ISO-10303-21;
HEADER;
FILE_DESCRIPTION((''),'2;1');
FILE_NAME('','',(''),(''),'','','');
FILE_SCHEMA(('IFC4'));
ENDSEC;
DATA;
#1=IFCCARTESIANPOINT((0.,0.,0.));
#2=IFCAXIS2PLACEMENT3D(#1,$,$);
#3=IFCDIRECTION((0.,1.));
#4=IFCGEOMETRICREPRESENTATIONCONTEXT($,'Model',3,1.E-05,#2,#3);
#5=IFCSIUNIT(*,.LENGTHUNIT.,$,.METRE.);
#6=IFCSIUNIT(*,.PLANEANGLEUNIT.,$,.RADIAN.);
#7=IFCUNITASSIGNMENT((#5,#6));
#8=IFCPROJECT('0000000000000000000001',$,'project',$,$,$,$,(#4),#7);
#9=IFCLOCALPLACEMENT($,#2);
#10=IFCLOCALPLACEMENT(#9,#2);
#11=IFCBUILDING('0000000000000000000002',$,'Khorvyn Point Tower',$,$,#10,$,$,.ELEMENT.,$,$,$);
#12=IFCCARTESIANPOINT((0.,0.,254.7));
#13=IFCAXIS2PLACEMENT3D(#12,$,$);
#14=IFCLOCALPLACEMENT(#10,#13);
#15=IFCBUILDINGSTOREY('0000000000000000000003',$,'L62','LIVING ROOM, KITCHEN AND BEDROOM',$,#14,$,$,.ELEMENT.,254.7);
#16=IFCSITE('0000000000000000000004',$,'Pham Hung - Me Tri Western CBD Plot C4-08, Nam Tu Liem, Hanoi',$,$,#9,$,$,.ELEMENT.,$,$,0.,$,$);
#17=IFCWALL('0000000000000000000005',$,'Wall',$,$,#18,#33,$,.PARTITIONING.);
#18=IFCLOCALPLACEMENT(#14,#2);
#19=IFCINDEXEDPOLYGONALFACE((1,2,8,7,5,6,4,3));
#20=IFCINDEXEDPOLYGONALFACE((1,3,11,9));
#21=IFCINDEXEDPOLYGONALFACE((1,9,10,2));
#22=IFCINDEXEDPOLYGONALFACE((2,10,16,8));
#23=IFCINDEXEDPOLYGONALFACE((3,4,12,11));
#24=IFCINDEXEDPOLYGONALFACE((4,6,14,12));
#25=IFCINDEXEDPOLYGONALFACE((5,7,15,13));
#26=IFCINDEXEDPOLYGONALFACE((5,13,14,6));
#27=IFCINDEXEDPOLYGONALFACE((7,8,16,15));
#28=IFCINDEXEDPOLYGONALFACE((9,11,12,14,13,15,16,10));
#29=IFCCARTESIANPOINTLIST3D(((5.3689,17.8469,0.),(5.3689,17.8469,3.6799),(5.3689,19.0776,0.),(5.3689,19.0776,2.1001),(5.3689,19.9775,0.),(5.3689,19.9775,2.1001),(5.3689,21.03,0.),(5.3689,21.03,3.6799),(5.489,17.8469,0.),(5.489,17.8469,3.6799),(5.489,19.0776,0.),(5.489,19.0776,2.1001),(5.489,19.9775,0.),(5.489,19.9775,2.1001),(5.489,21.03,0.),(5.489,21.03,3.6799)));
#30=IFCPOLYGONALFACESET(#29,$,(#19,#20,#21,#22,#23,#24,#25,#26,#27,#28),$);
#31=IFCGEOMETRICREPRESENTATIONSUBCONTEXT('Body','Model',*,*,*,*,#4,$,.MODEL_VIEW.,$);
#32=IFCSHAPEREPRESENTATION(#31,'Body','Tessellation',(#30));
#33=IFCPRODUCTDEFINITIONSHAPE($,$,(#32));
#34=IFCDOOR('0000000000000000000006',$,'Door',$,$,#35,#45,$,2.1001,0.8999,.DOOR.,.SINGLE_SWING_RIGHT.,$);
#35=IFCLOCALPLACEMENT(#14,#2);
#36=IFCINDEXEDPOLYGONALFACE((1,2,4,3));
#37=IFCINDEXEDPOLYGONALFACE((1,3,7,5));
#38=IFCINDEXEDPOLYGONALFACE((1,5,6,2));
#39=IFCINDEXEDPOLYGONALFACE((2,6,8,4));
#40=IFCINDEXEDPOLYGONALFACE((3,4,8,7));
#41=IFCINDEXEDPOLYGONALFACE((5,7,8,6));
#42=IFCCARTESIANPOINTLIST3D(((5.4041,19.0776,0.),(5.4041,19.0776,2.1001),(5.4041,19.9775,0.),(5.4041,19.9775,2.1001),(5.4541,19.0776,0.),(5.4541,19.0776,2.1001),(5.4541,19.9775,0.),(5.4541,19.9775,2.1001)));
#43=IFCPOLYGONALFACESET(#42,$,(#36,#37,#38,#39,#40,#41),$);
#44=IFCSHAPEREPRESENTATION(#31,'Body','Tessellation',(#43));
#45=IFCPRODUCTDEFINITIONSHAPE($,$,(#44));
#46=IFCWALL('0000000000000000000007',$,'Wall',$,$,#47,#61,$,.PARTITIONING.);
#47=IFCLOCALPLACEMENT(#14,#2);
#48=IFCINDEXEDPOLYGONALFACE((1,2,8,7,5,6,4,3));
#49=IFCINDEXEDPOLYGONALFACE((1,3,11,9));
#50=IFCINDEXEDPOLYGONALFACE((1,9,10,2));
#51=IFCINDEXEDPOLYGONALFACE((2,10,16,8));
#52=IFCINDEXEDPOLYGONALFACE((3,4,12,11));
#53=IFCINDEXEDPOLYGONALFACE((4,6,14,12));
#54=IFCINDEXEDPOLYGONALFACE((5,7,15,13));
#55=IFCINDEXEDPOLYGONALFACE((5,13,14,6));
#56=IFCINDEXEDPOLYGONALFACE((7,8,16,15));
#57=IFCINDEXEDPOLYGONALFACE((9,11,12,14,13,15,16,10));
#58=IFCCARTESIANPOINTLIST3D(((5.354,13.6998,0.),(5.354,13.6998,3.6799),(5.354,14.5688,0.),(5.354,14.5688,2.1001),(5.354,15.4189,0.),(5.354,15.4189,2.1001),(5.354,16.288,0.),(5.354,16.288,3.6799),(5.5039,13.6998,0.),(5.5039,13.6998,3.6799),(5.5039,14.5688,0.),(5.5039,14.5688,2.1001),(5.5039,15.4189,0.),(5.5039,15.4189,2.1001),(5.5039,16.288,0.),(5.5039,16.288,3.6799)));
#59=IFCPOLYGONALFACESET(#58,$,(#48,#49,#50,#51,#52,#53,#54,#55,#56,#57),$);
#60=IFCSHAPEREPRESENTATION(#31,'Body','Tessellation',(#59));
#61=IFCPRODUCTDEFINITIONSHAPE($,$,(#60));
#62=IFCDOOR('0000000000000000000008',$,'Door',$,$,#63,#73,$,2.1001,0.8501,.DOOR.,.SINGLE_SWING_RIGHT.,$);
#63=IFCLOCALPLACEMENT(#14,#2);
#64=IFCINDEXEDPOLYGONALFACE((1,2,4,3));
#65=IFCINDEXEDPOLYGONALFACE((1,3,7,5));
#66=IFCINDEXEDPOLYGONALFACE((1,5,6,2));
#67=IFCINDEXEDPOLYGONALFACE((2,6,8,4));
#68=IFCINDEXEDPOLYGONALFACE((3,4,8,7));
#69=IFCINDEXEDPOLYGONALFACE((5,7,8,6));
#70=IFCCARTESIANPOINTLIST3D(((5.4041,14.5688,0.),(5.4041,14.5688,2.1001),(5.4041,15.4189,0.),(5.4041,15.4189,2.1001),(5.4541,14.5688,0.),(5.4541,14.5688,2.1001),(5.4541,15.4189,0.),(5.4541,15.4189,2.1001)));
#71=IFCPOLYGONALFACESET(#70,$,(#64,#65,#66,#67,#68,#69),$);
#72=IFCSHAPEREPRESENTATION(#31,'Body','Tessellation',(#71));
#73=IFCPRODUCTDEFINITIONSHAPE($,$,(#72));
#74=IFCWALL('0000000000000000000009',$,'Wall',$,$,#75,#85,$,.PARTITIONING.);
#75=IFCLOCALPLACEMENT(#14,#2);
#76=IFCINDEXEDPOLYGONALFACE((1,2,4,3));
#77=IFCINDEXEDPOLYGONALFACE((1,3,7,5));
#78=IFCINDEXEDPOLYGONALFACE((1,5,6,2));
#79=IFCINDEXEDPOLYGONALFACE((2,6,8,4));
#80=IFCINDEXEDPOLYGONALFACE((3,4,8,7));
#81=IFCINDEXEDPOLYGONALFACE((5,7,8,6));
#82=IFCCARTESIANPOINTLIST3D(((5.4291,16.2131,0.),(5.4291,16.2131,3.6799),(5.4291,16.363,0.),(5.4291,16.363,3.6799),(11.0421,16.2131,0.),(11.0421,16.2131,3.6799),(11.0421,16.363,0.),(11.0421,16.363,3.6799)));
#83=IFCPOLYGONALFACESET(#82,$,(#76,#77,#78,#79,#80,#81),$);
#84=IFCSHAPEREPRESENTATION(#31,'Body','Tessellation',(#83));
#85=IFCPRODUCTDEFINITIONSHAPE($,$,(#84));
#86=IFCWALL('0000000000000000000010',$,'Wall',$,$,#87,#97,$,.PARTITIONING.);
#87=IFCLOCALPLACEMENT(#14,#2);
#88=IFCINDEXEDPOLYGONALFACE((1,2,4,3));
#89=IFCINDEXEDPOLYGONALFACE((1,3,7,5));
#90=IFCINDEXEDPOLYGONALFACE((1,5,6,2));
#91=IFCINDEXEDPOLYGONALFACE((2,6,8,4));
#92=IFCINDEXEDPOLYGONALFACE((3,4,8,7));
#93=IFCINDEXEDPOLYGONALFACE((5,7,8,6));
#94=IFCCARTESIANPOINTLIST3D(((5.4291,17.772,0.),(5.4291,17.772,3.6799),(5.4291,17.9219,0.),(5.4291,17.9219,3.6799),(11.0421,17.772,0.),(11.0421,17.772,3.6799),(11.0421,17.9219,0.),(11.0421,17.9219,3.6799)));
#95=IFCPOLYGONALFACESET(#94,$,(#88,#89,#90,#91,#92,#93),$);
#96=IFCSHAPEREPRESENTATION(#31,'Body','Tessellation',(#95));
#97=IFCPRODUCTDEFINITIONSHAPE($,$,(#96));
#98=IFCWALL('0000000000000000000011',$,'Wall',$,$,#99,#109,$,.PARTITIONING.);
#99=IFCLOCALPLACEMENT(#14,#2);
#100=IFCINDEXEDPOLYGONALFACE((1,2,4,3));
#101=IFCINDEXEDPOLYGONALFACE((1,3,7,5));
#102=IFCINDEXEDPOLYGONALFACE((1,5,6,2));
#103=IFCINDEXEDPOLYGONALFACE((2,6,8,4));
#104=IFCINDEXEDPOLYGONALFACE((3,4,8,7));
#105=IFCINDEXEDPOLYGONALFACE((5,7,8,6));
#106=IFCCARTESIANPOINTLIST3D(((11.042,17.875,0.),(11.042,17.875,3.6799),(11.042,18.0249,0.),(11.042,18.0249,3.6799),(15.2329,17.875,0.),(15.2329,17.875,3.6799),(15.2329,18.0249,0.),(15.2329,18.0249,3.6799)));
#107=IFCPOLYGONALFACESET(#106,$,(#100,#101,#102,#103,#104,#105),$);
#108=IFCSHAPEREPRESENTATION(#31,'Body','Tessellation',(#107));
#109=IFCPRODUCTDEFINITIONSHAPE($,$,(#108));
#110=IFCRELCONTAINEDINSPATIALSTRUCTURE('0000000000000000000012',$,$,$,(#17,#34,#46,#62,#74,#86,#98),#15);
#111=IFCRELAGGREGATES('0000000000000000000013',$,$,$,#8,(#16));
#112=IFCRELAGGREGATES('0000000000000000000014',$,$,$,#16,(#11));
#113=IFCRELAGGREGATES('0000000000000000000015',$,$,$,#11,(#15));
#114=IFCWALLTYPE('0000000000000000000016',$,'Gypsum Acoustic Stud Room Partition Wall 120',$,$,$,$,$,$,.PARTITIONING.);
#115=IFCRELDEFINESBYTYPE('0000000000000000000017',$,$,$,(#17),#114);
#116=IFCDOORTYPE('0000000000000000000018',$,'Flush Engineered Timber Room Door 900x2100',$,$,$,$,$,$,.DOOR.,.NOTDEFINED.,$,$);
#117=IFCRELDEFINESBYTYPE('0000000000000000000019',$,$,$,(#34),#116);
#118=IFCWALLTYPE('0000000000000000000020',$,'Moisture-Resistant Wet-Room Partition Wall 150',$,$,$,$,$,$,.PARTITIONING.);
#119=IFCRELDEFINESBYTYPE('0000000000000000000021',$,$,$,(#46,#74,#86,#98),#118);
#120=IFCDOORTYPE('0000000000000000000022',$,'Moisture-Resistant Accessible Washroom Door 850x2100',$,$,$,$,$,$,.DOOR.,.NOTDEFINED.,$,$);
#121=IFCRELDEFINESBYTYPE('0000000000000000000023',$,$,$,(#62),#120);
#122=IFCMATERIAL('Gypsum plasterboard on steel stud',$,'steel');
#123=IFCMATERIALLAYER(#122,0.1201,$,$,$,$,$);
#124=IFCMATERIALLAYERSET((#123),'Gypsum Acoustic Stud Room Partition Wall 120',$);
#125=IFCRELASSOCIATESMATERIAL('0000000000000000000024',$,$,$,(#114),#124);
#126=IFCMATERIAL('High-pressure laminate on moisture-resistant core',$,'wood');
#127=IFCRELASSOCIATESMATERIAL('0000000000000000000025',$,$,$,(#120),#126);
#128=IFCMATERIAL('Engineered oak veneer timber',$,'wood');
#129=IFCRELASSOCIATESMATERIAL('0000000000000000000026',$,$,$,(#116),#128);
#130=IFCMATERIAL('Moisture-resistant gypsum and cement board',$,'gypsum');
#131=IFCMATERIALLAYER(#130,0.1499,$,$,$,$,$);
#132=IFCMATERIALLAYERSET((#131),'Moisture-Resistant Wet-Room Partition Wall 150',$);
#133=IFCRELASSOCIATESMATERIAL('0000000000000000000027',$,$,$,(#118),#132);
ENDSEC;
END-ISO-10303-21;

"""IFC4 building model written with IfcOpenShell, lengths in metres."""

from ifc_helpers import new_model, si_unit, direction, frame, frame_2d, origin, place, context, subcontext, project, spatial, rectangle, extrude, material, layer, layer_set, type_object, element, fill, save


model = new_model("IFC4")

# Units and contexts
model_context = context("Model", 3, precision=1e-05, world=origin(), true_north=direction((0.0, 1.0)))
body_context = subcontext(model_context, "Body", "Model", "MODEL_VIEW")
ifc_project = project(units=[si_unit("LENGTHUNIT", "METRE"), si_unit("PLANEANGLEUNIT", "RADIAN")], contexts=[model_context])

# Site, building, storey
site_placement = place(None, origin())
site = spatial("IfcSite", under=ifc_project, at=site_placement, Name="Pham Hung - Me Tri Western CBD Plot C4-08, Nam Tu Liem, Hanoi", CompositionType="ELEMENT", RefElevation=0.0)
building_placement = place(site_placement, origin())
building = spatial("IfcBuilding", under=site, at=building_placement, Name="Khorvyn Point Tower", CompositionType="ELEMENT")
storey_placement = place(building_placement, frame((0.0, 0.0, 254.7)))
storey = spatial("IfcBuildingStorey", under=building, at=storey_placement, Name="L62", Description="LIVING ROOM, KITCHEN AND BEDROOM", CompositionType="ELEMENT", Elevation=254.7)

# Walls, openings, doors
ifc_material_1 = material(Name="Gypsum plasterboard on steel stud", Category="steel")
ifc_layer_1 = layer(ifc_material_1, 0.1201)
ifc_layer_set_1 = layer_set([ifc_layer_1], Name="Gypsum Acoustic Stud Room Partition Wall 120")
wall_type_1 = type_object("IfcWallType", Name="Gypsum Acoustic Stud Room Partition Wall 120", PredefinedType="PARTITIONING", material=ifc_layer_set_1)
ifc_material_2 = material(Name="High-pressure laminate on moisture-resistant core", Category="wood")
door_type_1 = type_object("IfcDoorType", Name="Moisture-Resistant Accessible Washroom Door 850x2100", OperationType="NOTDEFINED", PredefinedType="DOOR", material=ifc_material_2)
wall_1_placement = place(storey_placement, frame((5.429, 17.8469, 0.0), z_axis=(0.0, 0.0, 1.0), x_axis=(0.0, 1.0, 0.0)))
wall_1 = element("IfcWall", 1, at=wall_1_placement, inside=storey, type_object=wall_type_1, Name="Wall", PredefinedType="PARTITIONING", context=body_context, shape_type="SweptSolid", body=[
    extrude(rectangle(XDim=3.1831, YDim=0.1201, at=frame_2d((1.5916, 0.0))), origin(), (0.0, 0.0, 1.0), 3.6799),
])
opening_1_placement = place(wall_1_placement, frame((1.2307, 0.0, 0.0)))
opening_1 = element("IfcOpeningElement", 2, at=opening_1_placement, cuts=wall_1, PredefinedType="OPENING", context=body_context, shape_type="SweptSolid", body=[
    extrude(rectangle(XDim=0.8999, YDim=2.1001, at=frame_2d((0.45, 1.05))), frame((0.0, 0.0701, 0.0), z_axis=(0.0, -1.0, 0.0), x_axis=(1.0, 0.0, 0.0)), (0.0, 0.0, 1.0), 0.1401),
])
ifc_material_3 = material(Name="Engineered oak veneer timber", Category="wood")
door_type_2 = type_object("IfcDoorType", Name="Flush Engineered Timber Room Door 900x2100", OperationType="NOTDEFINED", PredefinedType="DOOR", material=ifc_material_3)
door_1_placement = place(opening_1_placement, origin())
door_1 = element("IfcDoor", 3, at=door_1_placement, inside=storey, type_object=door_type_2, Name="Door", OperationType="SINGLE_SWING_RIGHT", OverallHeight=2.1001, OverallWidth=0.8999, PredefinedType="DOOR", context=body_context, shape_type="SweptSolid", body=[
    extrude(rectangle(XDim=0.8999, YDim=2.1001, at=frame_2d((0.45, 1.05))), frame((0.0, 0.0249, 0.0), z_axis=(0.0, -1.0, 0.0), x_axis=(1.0, 0.0, 0.0)), (0.0, 0.0, 1.0), 0.05),
])
fill(opening_1, door_1)
ifc_material_4 = material(Name="Moisture-resistant gypsum and cement board", Category="gypsum")
ifc_layer_2 = layer(ifc_material_4, 0.1499)
ifc_layer_set_2 = layer_set([ifc_layer_2], Name="Moisture-Resistant Wet-Room Partition Wall 150")
wall_type_2 = type_object("IfcWallType", Name="Moisture-Resistant Wet-Room Partition Wall 150", PredefinedType="PARTITIONING", material=ifc_layer_set_2)
wall_2_placement = place(storey_placement, frame((5.429, 13.7, 0.0), z_axis=(0.0, 0.0, 1.0), x_axis=(0.0, 1.0, 0.0)))
wall_2 = element("IfcWall", 4, at=wall_2_placement, inside=storey, type_object=wall_type_2, Name="Wall", PredefinedType="PARTITIONING", context=body_context, shape_type="SweptSolid", body=[
    extrude(rectangle(XDim=2.5881, YDim=0.1499, at=frame_2d((1.2939, 0.0))), origin(), (0.0, 0.0, 1.0), 3.6799),
])
opening_2_placement = place(wall_2_placement, frame((0.8689, 0.0, 0.0)))
opening_2 = element("IfcOpeningElement", 5, at=opening_2_placement, cuts=wall_2, PredefinedType="OPENING", context=body_context, shape_type="SweptSolid", body=[
    extrude(rectangle(XDim=0.8501, YDim=2.1001, at=frame_2d((0.425, 1.05))), frame((0.0, 0.085, 0.0), z_axis=(0.0, -1.0, 0.0), x_axis=(1.0, 0.0, 0.0)), (0.0, 0.0, 1.0), 0.1699),
])
door_2_placement = place(opening_2_placement, origin())
door_2 = element("IfcDoor", 6, at=door_2_placement, inside=storey, type_object=door_type_1, Name="Door", OperationType="SINGLE_SWING_RIGHT", OverallHeight=2.1001, OverallWidth=0.8501, PredefinedType="DOOR", context=body_context, shape_type="SweptSolid", body=[
    extrude(rectangle(XDim=0.8501, YDim=2.1001, at=frame_2d((0.425, 1.05))), frame((0.0, 0.0249, 0.0), z_axis=(0.0, -1.0, 0.0), x_axis=(1.0, 0.0, 0.0)), (0.0, 0.0, 1.0), 0.05),
])
fill(opening_2, door_2)

# Walls
for number, where, z_axis, x_axis, name in (
    (7, (5.429, 16.2881, 0.0), (0.0, 0.0, 1.0), (1.0, 0.0, 0.0), "Wall"),
    (8, (5.429, 17.8469, 0.0), (0.0, 0.0, 1.0), (1.0, 0.0, 0.0), "Wall"),
):
    element("IfcWall", number, at=place(storey_placement, frame(where, z_axis=z_axis, x_axis=x_axis)), inside=storey, type_object=wall_type_2, Name=name, PredefinedType="PARTITIONING", context=body_context, shape_type="SweptSolid", body=[
        extrude(rectangle(XDim=5.613, YDim=0.1499, at=frame_2d((2.8066, 0.0))), origin(), (0.0, 0.0, 1.0), 3.6799),
    ])
wall_3_placement = place(storey_placement, frame((11.042, 17.95, 0.0), z_axis=(0.0, 0.0, 1.0), x_axis=(1.0, 0.0, 0.0)))
element("IfcWall", 9, at=wall_3_placement, inside=storey, type_object=wall_type_2, Name="Wall", PredefinedType="PARTITIONING", context=body_context, shape_type="SweptSolid", body=[
    extrude(rectangle(XDim=4.1909, YDim=0.1499, at=frame_2d((2.0955, 0.0))), origin(), (0.0, 0.0, 1.0), 3.6799),
])

save(model, "model.ifc")
